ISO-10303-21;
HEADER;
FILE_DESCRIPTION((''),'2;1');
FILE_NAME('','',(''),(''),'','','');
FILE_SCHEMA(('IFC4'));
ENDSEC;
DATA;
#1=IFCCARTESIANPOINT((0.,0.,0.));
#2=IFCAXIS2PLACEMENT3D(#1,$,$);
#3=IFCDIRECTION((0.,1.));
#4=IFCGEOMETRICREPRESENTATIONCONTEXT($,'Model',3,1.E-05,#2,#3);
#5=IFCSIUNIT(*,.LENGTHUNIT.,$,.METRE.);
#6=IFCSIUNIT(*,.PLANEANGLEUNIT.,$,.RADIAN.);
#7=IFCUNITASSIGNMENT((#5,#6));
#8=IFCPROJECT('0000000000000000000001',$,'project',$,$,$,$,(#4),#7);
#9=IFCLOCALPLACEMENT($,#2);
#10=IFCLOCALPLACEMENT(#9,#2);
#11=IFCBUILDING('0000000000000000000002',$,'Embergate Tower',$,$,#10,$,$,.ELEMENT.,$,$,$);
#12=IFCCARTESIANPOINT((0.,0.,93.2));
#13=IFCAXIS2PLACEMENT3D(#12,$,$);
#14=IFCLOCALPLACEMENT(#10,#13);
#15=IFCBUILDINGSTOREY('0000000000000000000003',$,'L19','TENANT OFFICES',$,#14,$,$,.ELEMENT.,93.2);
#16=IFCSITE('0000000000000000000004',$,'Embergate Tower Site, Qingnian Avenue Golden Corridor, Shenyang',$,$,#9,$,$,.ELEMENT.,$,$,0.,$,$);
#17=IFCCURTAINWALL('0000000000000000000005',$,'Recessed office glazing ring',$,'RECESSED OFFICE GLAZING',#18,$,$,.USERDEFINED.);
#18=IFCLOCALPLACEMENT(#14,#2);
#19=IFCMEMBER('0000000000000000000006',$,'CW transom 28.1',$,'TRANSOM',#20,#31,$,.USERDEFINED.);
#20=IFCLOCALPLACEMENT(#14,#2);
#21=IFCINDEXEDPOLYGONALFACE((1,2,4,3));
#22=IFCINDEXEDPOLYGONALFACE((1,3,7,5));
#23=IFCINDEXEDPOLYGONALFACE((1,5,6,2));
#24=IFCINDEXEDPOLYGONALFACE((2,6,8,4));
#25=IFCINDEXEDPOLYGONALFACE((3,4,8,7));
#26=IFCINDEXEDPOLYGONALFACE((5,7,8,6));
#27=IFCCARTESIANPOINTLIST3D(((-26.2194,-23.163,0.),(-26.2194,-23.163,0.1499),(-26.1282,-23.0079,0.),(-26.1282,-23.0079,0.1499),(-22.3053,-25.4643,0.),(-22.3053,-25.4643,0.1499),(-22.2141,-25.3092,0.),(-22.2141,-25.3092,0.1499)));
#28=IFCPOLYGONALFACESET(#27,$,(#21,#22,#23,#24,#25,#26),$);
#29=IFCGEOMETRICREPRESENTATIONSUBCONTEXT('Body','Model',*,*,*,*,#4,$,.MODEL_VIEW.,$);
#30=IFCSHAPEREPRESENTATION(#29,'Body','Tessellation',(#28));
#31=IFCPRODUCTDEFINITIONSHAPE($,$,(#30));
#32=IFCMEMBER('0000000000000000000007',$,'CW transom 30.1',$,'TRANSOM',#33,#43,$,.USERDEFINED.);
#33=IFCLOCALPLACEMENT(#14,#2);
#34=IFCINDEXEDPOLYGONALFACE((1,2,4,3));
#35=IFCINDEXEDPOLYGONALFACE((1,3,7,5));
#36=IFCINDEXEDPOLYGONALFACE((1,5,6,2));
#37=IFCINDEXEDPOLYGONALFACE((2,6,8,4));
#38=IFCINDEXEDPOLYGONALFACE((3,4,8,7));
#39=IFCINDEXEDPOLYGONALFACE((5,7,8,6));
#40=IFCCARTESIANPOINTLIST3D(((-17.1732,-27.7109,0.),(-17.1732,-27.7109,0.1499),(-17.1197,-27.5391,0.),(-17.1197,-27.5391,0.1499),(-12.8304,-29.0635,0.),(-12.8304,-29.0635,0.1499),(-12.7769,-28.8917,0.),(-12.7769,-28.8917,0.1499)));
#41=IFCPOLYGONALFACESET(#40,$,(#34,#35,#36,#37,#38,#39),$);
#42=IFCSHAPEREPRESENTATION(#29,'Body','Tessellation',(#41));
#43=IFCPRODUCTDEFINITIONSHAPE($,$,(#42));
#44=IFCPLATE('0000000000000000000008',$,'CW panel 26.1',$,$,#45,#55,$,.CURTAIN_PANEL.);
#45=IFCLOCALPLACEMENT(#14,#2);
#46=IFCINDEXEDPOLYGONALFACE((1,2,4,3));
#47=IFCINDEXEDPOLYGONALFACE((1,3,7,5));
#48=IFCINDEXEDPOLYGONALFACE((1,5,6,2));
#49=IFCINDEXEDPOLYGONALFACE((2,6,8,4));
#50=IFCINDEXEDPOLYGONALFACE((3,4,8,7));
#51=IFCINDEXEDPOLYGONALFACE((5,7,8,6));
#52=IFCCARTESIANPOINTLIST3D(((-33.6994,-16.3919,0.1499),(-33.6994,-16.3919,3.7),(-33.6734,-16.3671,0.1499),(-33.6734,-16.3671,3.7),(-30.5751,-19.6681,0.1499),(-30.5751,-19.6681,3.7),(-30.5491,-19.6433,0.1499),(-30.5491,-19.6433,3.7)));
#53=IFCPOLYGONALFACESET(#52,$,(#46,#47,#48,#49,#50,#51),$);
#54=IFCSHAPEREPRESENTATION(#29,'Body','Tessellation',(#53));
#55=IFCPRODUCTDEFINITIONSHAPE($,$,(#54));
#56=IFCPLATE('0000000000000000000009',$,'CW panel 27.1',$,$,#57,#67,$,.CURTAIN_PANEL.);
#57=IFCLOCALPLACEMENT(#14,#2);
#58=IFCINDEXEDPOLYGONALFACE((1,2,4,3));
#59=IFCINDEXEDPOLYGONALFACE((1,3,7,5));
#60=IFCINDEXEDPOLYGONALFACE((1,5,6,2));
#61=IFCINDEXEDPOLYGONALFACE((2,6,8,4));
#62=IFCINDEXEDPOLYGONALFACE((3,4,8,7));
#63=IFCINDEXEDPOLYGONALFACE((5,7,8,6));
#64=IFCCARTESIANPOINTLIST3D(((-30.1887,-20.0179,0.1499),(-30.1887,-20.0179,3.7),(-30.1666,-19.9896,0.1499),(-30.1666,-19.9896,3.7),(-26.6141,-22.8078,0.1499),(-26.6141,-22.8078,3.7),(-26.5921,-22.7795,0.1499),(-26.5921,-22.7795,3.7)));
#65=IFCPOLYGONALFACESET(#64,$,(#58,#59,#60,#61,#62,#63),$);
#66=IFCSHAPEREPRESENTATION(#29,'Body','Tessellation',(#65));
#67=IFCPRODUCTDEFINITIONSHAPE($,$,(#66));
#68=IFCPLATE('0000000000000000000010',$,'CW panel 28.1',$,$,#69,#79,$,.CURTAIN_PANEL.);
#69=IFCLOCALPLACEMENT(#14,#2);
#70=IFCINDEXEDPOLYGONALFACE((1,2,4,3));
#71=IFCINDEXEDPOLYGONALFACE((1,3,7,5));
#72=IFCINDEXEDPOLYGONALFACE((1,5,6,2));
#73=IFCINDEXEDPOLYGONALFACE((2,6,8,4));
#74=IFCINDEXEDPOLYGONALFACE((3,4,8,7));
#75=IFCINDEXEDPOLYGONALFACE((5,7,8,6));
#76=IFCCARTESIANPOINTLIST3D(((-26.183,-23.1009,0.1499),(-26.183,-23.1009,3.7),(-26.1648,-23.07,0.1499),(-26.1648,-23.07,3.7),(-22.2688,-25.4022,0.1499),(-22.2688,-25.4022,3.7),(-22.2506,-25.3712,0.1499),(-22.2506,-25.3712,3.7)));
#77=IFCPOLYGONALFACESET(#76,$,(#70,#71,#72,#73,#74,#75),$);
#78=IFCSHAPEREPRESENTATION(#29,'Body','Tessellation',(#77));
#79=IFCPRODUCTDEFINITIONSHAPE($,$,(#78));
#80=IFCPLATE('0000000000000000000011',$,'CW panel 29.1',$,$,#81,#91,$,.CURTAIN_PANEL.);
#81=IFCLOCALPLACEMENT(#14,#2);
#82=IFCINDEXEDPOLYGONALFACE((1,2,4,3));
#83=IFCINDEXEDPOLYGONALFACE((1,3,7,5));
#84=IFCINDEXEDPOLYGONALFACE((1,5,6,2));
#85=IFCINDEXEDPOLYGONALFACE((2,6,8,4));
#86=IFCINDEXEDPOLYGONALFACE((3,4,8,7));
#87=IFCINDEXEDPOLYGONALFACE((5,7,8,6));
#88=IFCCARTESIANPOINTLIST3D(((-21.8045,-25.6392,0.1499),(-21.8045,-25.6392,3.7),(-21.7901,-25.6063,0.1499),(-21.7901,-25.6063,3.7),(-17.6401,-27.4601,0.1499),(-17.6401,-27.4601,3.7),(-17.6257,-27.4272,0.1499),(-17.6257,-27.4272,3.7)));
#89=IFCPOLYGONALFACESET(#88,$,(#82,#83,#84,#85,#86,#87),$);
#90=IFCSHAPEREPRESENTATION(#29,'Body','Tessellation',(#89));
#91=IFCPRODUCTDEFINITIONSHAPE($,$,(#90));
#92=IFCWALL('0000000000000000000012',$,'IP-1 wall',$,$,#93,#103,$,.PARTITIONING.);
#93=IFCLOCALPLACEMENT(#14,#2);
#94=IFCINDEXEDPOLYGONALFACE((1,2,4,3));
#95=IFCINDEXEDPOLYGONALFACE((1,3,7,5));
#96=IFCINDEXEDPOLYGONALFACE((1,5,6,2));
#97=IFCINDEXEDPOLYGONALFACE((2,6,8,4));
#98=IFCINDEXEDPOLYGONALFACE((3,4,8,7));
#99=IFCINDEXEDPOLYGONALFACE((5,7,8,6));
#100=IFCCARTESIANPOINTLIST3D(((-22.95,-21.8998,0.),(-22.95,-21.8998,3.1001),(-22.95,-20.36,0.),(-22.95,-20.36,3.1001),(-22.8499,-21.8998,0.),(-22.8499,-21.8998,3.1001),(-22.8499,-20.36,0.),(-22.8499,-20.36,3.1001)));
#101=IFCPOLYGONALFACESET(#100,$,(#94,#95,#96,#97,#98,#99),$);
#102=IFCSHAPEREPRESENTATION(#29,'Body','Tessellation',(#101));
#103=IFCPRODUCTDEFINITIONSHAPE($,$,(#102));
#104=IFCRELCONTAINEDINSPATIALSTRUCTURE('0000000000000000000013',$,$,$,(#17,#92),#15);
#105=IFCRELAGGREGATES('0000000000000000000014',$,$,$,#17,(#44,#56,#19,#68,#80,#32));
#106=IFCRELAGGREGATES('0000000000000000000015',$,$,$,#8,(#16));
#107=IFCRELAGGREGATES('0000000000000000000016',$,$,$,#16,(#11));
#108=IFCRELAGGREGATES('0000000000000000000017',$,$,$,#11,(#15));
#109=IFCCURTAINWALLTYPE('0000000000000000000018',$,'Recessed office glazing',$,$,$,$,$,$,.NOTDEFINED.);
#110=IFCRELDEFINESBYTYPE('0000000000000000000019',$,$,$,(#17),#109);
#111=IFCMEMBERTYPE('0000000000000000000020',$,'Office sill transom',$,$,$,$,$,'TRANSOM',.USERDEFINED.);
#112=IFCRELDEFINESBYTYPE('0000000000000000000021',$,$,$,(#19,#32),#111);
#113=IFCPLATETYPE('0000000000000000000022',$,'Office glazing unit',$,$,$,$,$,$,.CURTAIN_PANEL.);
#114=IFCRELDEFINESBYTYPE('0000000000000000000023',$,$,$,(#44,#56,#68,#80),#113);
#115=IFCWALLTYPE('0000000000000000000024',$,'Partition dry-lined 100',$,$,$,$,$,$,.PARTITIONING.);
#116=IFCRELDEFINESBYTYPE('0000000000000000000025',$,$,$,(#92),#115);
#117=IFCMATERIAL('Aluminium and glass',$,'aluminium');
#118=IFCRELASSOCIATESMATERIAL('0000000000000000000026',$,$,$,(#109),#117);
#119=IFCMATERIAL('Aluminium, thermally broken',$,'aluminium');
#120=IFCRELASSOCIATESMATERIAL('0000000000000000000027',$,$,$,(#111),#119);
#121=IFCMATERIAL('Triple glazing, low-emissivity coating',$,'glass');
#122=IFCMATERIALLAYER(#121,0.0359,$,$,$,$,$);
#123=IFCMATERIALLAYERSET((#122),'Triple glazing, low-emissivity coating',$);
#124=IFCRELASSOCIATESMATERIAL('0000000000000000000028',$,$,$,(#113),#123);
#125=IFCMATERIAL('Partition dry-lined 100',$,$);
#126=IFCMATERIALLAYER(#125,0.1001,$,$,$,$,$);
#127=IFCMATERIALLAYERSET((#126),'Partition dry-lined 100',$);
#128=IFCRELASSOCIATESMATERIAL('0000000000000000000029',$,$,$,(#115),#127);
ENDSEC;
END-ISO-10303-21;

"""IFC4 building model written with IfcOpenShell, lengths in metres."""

from ifc_helpers import new_model, si_unit, direction, frame, frame_2d, origin, origin_2d, place, context, subcontext, project, spatial, rectangle, extrude, source, transform, mapped, material, layer, layer_set, material_profile, profile_set, type_object, element, aggregate, save


model = new_model("IFC4")

# Units and contexts
model_context = context("Model", 3, precision=1e-05, world=origin(), true_north=direction((0.0, 1.0)))
body_context = subcontext(model_context, "Body", "Model", "MODEL_VIEW")
ifc_project = project(units=[si_unit("LENGTHUNIT", "METRE"), si_unit("PLANEANGLEUNIT", "RADIAN")], contexts=[model_context])

# Site, building, storey
site_placement = place(None, origin())
site = spatial("IfcSite", under=ifc_project, at=site_placement, Name="Embergate Tower Site, Qingnian Avenue Golden Corridor, Shenyang", CompositionType="ELEMENT", RefElevation=0.0)
building_placement = place(site_placement, origin())
building = spatial("IfcBuilding", under=site, at=building_placement, Name="Embergate Tower", CompositionType="ELEMENT")
storey_placement = place(building_placement, frame((0.0, 0.0, 93.2)))
storey = spatial("IfcBuildingStorey", under=building, at=storey_placement, Name="L19", Description="TENANT OFFICES", CompositionType="ELEMENT", Elevation=93.2)

# Curtain wall, members, plates
ifc_material_1 = material(Name="Aluminium and glass", Category="aluminium")
curtain_wall_type = type_object("IfcCurtainWallType", Name="Recessed office glazing", PredefinedType="NOTDEFINED", material=ifc_material_1)
curtain_wall_placement = place(storey_placement, origin())
curtain_wall = element("IfcCurtainWall", 1, at=curtain_wall_placement, inside=storey, type_object=curtain_wall_type, Name="Recessed office glazing ring", ObjectType="RECESSED OFFICE GLAZING", PredefinedType="USERDEFINED")
ifc_material_2 = material(Name="Aluminium, thermally broken", Category="aluminium")
ifc_material_profile_1 = material_profile(ifc_material_2, rectangle(XDim=0.1799, YDim=0.1499, at=origin_2d()), Name="AL 150x180")
ifc_profile_set_1 = profile_set([ifc_material_profile_1], Name="Aluminium, thermally broken")
member_type_1 = type_object("IfcMemberType", Name="Office sill transom", ElementType="TRANSOM", PredefinedType="USERDEFINED", material=ifc_profile_set_1)
shared_shape_1 = source(origin(), body_context, "Body", "SweptSolid", [
    extrude(rectangle(XDim=0.1799, YDim=0.1499, at=origin_2d()), origin(), (0.0, 0.0, 1.0), 4.5405),
])
member_1_placement = place(storey_placement, frame((-26.1738, -23.0854, 0.075), z_axis=(0.862042, -0.506837, 0.0), x_axis=(0.506837, 0.862042, 0.0)))
member_1 = element("IfcMember", 2, at=member_1_placement, type_object=member_type_1, Name="CW transom 28.1", ObjectType="TRANSOM", PredefinedType="USERDEFINED", context=body_context, shape_type="MappedRepresentation", body=[
    mapped(shared_shape_1, transform((0.0, 0.0, 0.0))),
])
shared_shape_2 = source(origin(), body_context, "Body", "SweptSolid", [
    extrude(rectangle(XDim=0.1799, YDim=0.1499, at=origin_2d()), origin(), (0.0, 0.0, 1.0), 4.5486),
])
member_2_placement = place(storey_placement, frame((-17.1465, -27.625, 0.075), z_axis=(0.954766, -0.297358, 0.0), x_axis=(0.297358, 0.954766, 0.0)))
member_2 = element("IfcMember", 3, at=member_2_placement, type_object=member_type_1, Name="CW transom 30.1", ObjectType="TRANSOM", PredefinedType="USERDEFINED", context=body_context, shape_type="MappedRepresentation", body=[
    mapped(shared_shape_2, transform((0.0, 0.0, 0.0))),
])
ifc_material_3 = material(Name="Triple glazing, low-emissivity coating", Category="glass")
ifc_layer_1 = layer(ifc_material_3, 0.0359)
ifc_layer_set_1 = layer_set([ifc_layer_1], Name="Triple glazing, low-emissivity coating")
plate_type = type_object("IfcPlateType", Name="Office glazing unit", PredefinedType="CURTAIN_PANEL", material=ifc_layer_set_1)
shared_shape_3 = source(origin(), body_context, "Body", "SweptSolid", [
    extrude(rectangle(XDim=4.5271, YDim=0.0359, at=origin_2d()), origin(), (0.0, 0.0, 1.0), 3.55),
])
plate_1_placement = place(storey_placement, frame((-32.1243, -18.0176, 0.1499), z_axis=(0.0, 0.0, 1.0), x_axis=(0.690133, -0.723683, 0.0)))
plate_1 = element("IfcPlate", 4, at=plate_1_placement, type_object=plate_type, Name="CW panel 26.1", PredefinedType="CURTAIN_PANEL", context=body_context, shape_type="MappedRepresentation", body=[
    mapped(shared_shape_3, transform((0.0, 0.0, 0.0))),
])
shared_shape_4 = source(origin(), body_context, "Body", "SweptSolid", [
    extrude(rectangle(XDim=4.5344, YDim=0.0359, at=origin_2d()), origin(), (0.0, 0.0, 1.0), 3.55),
])
plate_2_placement = place(storey_placement, frame((-28.3904, -21.3987, 0.1499), z_axis=(0.0, 0.0, 1.0), x_axis=(0.788319, -0.615267, 0.0)))
plate_2 = element("IfcPlate", 5, at=plate_2_placement, type_object=plate_type, Name="CW panel 27.1", PredefinedType="CURTAIN_PANEL", context=body_context, shape_type="MappedRepresentation", body=[
    mapped(shared_shape_4, transform((0.0, 0.0, 0.0))),
])
shared_shape_5 = source(origin(), body_context, "Body", "SweptSolid", [
    extrude(rectangle(XDim=4.5405, YDim=0.0359, at=origin_2d()), origin(), (0.0, 0.0, 1.0), 3.55),
])
plate_3_placement = place(storey_placement, frame((-24.2168, -24.2361, 0.1499), z_axis=(0.0, 0.0, 1.0), x_axis=(0.862052, -0.506819, 0.0)))
plate_3 = element("IfcPlate", 6, at=plate_3_placement, type_object=plate_type, Name="CW panel 28.1", PredefinedType="CURTAIN_PANEL", context=body_context, shape_type="MappedRepresentation", body=[
    mapped(shared_shape_5, transform((0.0, 0.0, 0.0))),
])
shared_shape_6 = source(origin(), body_context, "Body", "SweptSolid", [
    extrude(rectangle(XDim=4.5452, YDim=0.0359, at=origin_2d()), origin(), (0.0, 0.0, 1.0), 3.55),
])
plate_4_placement = place(storey_placement, frame((-19.7151, -26.5332, 0.1499), z_axis=(0.0, 0.0, 1.0), x_axis=(0.916236, -0.40064, 0.0)))
plate_4 = element("IfcPlate", 7, at=plate_4_placement, type_object=plate_type, Name="CW panel 29.1", PredefinedType="CURTAIN_PANEL", context=body_context, shape_type="MappedRepresentation", body=[
    mapped(shared_shape_6, transform((0.0, 0.0, 0.0))),
])
aggregate(curtain_wall, [plate_1, plate_2, member_1, plate_3, plate_4, member_2])

# Wall
ifc_material_4 = material(Name="Partition dry-lined 100")
ifc_layer_2 = layer(ifc_material_4, 0.1001)
ifc_layer_set_2 = layer_set([ifc_layer_2], Name="Partition dry-lined 100")
wall_type = type_object("IfcWallType", Name="Partition dry-lined 100", PredefinedType="PARTITIONING", material=ifc_layer_set_2)
shared_shape_7 = source(origin(), body_context, "Body", "SweptSolid", [
    extrude(rectangle(XDim=1.5398, YDim=0.1001, at=frame_2d((0.77, 0.0))), origin(), (0.0, 0.0, 1.0), 3.1001),
])
wall_placement = place(storey_placement, frame((-22.8999, -21.8999, 0.0), z_axis=(0.0, 0.0, 1.0), x_axis=(0.0, 1.0, 0.0)))
element("IfcWall", 8, at=wall_placement, inside=storey, type_object=wall_type, Name="IP-1 wall", PredefinedType="PARTITIONING", context=body_context, shape_type="MappedRepresentation", body=[
    mapped(shared_shape_7, transform((0.0, 0.0, 0.0))),
])

save(model, "model.ifc")
